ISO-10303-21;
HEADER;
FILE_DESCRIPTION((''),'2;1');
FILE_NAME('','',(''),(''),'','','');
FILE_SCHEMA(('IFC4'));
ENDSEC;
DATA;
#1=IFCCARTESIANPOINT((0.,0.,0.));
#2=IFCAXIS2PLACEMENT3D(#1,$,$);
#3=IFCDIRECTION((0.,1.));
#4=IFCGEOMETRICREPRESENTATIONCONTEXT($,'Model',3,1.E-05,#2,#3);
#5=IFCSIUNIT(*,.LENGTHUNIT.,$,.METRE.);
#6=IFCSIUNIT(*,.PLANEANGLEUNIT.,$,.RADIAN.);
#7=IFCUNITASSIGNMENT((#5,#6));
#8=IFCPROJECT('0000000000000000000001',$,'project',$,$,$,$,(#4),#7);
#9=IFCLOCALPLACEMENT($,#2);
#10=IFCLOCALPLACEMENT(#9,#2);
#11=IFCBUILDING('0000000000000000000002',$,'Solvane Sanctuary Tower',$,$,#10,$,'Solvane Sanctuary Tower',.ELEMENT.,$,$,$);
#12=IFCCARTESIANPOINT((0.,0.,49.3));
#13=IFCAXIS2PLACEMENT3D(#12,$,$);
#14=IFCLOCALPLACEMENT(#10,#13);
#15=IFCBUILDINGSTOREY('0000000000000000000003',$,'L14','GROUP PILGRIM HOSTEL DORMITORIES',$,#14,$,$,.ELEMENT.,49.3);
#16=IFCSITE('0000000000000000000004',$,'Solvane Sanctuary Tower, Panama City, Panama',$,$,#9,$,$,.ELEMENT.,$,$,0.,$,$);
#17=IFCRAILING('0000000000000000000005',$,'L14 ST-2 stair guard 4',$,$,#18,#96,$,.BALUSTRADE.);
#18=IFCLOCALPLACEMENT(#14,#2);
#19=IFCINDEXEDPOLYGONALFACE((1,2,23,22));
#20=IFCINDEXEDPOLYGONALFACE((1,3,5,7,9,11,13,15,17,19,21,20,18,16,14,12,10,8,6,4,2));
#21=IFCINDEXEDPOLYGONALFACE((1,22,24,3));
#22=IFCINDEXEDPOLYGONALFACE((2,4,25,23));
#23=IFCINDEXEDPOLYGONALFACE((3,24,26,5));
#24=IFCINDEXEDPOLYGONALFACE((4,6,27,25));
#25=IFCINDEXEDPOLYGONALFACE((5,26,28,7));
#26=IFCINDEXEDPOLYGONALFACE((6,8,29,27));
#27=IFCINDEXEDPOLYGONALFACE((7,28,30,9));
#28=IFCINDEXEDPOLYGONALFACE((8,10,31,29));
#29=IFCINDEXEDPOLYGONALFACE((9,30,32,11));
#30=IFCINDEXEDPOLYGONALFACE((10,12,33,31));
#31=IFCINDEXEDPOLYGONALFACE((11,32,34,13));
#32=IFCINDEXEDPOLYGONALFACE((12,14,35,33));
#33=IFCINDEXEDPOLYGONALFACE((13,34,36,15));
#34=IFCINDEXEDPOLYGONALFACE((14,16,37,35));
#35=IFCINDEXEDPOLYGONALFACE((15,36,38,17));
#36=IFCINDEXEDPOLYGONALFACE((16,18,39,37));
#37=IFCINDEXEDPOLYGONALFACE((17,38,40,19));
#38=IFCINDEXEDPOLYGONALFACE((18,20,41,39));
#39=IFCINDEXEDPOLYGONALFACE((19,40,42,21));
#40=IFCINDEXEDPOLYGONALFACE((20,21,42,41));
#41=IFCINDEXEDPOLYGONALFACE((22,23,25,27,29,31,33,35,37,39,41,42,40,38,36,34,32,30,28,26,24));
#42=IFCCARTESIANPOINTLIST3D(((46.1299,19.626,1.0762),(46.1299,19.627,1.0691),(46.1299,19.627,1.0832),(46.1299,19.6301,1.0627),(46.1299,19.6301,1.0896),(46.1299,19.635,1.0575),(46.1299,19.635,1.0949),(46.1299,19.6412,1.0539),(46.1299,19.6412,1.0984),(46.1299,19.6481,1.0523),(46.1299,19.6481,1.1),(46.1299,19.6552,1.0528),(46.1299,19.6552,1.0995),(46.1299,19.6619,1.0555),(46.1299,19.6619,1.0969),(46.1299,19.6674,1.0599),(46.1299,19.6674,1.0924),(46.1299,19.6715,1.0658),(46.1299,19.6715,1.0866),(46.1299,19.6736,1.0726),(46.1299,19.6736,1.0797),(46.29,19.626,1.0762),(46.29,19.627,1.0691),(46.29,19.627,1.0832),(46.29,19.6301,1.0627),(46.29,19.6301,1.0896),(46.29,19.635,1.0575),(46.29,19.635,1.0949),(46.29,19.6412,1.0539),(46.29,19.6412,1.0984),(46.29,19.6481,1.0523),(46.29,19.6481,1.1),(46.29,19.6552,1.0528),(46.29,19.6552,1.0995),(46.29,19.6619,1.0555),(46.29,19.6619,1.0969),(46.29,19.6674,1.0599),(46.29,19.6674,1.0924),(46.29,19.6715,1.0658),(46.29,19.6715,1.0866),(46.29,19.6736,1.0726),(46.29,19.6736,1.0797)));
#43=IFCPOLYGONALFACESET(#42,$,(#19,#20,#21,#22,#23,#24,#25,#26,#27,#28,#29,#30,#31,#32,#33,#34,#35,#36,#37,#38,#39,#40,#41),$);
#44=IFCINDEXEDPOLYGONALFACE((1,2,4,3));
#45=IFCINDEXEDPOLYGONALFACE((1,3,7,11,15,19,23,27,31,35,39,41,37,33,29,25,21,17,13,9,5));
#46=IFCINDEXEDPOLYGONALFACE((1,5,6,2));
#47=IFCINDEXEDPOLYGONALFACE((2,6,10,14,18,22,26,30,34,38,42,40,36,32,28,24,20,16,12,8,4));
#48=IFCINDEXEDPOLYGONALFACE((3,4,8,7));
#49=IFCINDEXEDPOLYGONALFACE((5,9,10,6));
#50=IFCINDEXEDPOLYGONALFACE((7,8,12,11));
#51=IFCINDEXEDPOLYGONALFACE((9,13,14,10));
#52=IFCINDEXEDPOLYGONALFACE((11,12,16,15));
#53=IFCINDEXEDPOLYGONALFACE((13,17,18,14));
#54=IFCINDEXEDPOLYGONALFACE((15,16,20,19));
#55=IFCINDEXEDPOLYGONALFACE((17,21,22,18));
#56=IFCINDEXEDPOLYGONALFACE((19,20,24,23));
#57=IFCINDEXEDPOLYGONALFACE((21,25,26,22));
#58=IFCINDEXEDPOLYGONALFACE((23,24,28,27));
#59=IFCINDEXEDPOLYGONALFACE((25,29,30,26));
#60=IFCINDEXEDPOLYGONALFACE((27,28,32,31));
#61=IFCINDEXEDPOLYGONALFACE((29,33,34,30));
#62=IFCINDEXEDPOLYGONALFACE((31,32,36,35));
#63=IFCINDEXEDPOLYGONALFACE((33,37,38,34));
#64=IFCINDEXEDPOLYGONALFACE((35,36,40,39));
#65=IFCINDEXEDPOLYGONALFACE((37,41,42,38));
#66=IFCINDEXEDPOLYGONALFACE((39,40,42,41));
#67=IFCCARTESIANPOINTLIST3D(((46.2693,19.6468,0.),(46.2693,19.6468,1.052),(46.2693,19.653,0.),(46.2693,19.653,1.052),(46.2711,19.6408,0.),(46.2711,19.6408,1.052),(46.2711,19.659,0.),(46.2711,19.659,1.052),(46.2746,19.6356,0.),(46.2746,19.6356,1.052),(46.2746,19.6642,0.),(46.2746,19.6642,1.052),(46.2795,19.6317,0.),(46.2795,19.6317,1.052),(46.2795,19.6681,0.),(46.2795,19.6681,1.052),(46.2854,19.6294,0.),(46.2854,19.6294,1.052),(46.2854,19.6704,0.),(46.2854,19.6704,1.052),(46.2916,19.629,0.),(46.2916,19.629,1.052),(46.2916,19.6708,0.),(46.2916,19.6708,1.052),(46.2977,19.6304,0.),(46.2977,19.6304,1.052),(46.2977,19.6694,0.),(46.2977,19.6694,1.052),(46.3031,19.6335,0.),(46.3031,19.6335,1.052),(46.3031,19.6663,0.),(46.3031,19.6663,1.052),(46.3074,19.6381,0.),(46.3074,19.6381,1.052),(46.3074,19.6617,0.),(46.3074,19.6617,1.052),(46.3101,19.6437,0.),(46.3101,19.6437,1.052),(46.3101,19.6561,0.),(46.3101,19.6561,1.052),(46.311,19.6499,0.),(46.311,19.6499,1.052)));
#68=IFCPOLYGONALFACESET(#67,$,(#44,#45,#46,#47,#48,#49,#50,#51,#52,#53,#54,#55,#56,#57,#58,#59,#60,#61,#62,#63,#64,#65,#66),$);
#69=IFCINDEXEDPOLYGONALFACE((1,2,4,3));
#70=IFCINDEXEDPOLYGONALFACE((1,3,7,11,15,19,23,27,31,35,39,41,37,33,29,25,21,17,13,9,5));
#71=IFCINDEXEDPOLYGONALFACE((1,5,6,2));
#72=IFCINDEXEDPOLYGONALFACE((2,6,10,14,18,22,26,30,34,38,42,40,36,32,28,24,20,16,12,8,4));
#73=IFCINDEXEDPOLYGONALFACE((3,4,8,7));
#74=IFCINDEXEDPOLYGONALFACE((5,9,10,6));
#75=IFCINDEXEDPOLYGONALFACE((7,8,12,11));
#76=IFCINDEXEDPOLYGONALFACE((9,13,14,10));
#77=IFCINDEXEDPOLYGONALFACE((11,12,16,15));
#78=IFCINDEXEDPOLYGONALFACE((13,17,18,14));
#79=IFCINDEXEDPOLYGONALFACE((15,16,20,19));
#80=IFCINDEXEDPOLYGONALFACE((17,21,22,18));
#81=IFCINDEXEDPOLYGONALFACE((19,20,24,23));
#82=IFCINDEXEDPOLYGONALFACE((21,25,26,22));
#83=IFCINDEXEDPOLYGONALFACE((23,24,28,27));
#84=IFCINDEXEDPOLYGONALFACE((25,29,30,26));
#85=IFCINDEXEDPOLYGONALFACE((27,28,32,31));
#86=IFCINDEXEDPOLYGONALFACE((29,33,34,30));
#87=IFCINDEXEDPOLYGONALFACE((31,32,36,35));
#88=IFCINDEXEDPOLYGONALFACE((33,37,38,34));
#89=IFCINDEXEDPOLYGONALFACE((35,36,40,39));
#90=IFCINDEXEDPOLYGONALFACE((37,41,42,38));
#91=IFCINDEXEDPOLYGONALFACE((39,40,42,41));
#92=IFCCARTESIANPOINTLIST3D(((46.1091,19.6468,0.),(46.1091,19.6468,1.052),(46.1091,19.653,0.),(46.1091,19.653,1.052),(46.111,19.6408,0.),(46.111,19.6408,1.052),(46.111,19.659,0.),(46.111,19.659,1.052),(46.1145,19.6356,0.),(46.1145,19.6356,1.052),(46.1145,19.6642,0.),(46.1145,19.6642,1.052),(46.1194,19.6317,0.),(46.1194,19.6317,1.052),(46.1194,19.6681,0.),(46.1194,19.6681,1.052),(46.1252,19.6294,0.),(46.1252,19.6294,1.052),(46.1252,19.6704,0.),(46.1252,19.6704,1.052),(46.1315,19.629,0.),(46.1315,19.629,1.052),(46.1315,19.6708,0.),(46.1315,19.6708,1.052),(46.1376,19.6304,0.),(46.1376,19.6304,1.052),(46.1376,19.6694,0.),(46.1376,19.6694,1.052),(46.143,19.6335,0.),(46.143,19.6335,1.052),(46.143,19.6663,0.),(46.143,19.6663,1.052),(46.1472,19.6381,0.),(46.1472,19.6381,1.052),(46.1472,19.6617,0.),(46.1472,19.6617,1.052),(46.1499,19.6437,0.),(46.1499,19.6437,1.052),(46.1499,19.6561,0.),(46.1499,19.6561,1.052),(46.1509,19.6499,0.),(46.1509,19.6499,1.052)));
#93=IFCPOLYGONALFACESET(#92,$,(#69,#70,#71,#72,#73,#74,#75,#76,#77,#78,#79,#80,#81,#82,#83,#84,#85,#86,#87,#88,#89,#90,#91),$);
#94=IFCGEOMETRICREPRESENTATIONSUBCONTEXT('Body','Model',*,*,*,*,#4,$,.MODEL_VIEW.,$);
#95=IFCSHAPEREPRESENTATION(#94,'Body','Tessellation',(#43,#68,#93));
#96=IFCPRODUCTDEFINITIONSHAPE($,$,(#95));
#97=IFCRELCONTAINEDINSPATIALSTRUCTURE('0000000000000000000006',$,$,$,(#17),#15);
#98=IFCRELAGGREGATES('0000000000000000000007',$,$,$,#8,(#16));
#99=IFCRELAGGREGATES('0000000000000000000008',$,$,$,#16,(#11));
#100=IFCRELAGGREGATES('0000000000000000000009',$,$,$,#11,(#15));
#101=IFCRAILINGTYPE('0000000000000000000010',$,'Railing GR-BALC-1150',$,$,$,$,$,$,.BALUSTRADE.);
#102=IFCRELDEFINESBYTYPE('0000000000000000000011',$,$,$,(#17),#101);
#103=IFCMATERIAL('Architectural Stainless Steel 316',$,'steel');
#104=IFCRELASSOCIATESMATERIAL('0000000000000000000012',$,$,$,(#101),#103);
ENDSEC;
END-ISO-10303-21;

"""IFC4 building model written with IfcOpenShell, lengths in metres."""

from ifc_helpers import new_model, si_unit, direction, frame, origin, origin_2d, place, context, subcontext, project, spatial, circle, extrude, material, type_object, element, save


model = new_model("IFC4")

# Units and contexts
model_context = context("Model", 3, precision=1e-05, world=origin(), true_north=direction((0.0, 1.0)))
body_context = subcontext(model_context, "Body", "Model", "MODEL_VIEW")
ifc_project = project(units=[si_unit("LENGTHUNIT", "METRE"), si_unit("PLANEANGLEUNIT", "RADIAN")], contexts=[model_context])

# Site, building, storey
site_placement = place(None, origin())
site = spatial("IfcSite", under=ifc_project, at=site_placement, Name="Solvane Sanctuary Tower, Panama City, Panama", CompositionType="ELEMENT", RefElevation=0.0)
building_placement = place(site_placement, origin())
building = spatial("IfcBuilding", under=site, at=building_placement, Name="Solvane Sanctuary Tower", LongName="Solvane Sanctuary Tower", CompositionType="ELEMENT")
storey_placement = place(building_placement, frame((0.0, 0.0, 49.3)))
storey = spatial("IfcBuildingStorey", under=building, at=storey_placement, Name="L14", Description="GROUP PILGRIM HOSTEL DORMITORIES", CompositionType="ELEMENT", Elevation=49.3)

# Shared definitions
ifc_material_1 = material(Name="Architectural Stainless Steel 316", Category="steel")

# Railing
railing_type_1 = type_object("IfcRailingType", Name="Railing GR-BALC-1150", PredefinedType="BALUSTRADE", material=ifc_material_1)
railing_1_placement = place(storey_placement, frame((46.29, 19.6499, 0.0)))
element("IfcRailing", 1, at=railing_1_placement, inside=storey, type_object=railing_type_1, Name="L14 ST-2 stair guard 4", PredefinedType="BALUSTRADE", context=body_context, shape_type="SweptSolid", body=[
    extrude(circle(Radius=0.0239, at=origin_2d()), frame((0.0, 0.0, 1.0762), z_axis=(-1.0, 0.0, 0.0), x_axis=(0.0, -1.0, 0.0)), (0.0, 0.0, 1.0), 0.1602),
    extrude(circle(Radius=0.021, at=origin_2d()), origin(), (0.0, 0.0, 1.0), 1.052),
    extrude(circle(Radius=0.021, at=origin_2d()), frame((-0.1602, 0.0, 0.0)), (0.0, 0.0, 1.0), 1.052),
])

save(model, "model.ifc")
